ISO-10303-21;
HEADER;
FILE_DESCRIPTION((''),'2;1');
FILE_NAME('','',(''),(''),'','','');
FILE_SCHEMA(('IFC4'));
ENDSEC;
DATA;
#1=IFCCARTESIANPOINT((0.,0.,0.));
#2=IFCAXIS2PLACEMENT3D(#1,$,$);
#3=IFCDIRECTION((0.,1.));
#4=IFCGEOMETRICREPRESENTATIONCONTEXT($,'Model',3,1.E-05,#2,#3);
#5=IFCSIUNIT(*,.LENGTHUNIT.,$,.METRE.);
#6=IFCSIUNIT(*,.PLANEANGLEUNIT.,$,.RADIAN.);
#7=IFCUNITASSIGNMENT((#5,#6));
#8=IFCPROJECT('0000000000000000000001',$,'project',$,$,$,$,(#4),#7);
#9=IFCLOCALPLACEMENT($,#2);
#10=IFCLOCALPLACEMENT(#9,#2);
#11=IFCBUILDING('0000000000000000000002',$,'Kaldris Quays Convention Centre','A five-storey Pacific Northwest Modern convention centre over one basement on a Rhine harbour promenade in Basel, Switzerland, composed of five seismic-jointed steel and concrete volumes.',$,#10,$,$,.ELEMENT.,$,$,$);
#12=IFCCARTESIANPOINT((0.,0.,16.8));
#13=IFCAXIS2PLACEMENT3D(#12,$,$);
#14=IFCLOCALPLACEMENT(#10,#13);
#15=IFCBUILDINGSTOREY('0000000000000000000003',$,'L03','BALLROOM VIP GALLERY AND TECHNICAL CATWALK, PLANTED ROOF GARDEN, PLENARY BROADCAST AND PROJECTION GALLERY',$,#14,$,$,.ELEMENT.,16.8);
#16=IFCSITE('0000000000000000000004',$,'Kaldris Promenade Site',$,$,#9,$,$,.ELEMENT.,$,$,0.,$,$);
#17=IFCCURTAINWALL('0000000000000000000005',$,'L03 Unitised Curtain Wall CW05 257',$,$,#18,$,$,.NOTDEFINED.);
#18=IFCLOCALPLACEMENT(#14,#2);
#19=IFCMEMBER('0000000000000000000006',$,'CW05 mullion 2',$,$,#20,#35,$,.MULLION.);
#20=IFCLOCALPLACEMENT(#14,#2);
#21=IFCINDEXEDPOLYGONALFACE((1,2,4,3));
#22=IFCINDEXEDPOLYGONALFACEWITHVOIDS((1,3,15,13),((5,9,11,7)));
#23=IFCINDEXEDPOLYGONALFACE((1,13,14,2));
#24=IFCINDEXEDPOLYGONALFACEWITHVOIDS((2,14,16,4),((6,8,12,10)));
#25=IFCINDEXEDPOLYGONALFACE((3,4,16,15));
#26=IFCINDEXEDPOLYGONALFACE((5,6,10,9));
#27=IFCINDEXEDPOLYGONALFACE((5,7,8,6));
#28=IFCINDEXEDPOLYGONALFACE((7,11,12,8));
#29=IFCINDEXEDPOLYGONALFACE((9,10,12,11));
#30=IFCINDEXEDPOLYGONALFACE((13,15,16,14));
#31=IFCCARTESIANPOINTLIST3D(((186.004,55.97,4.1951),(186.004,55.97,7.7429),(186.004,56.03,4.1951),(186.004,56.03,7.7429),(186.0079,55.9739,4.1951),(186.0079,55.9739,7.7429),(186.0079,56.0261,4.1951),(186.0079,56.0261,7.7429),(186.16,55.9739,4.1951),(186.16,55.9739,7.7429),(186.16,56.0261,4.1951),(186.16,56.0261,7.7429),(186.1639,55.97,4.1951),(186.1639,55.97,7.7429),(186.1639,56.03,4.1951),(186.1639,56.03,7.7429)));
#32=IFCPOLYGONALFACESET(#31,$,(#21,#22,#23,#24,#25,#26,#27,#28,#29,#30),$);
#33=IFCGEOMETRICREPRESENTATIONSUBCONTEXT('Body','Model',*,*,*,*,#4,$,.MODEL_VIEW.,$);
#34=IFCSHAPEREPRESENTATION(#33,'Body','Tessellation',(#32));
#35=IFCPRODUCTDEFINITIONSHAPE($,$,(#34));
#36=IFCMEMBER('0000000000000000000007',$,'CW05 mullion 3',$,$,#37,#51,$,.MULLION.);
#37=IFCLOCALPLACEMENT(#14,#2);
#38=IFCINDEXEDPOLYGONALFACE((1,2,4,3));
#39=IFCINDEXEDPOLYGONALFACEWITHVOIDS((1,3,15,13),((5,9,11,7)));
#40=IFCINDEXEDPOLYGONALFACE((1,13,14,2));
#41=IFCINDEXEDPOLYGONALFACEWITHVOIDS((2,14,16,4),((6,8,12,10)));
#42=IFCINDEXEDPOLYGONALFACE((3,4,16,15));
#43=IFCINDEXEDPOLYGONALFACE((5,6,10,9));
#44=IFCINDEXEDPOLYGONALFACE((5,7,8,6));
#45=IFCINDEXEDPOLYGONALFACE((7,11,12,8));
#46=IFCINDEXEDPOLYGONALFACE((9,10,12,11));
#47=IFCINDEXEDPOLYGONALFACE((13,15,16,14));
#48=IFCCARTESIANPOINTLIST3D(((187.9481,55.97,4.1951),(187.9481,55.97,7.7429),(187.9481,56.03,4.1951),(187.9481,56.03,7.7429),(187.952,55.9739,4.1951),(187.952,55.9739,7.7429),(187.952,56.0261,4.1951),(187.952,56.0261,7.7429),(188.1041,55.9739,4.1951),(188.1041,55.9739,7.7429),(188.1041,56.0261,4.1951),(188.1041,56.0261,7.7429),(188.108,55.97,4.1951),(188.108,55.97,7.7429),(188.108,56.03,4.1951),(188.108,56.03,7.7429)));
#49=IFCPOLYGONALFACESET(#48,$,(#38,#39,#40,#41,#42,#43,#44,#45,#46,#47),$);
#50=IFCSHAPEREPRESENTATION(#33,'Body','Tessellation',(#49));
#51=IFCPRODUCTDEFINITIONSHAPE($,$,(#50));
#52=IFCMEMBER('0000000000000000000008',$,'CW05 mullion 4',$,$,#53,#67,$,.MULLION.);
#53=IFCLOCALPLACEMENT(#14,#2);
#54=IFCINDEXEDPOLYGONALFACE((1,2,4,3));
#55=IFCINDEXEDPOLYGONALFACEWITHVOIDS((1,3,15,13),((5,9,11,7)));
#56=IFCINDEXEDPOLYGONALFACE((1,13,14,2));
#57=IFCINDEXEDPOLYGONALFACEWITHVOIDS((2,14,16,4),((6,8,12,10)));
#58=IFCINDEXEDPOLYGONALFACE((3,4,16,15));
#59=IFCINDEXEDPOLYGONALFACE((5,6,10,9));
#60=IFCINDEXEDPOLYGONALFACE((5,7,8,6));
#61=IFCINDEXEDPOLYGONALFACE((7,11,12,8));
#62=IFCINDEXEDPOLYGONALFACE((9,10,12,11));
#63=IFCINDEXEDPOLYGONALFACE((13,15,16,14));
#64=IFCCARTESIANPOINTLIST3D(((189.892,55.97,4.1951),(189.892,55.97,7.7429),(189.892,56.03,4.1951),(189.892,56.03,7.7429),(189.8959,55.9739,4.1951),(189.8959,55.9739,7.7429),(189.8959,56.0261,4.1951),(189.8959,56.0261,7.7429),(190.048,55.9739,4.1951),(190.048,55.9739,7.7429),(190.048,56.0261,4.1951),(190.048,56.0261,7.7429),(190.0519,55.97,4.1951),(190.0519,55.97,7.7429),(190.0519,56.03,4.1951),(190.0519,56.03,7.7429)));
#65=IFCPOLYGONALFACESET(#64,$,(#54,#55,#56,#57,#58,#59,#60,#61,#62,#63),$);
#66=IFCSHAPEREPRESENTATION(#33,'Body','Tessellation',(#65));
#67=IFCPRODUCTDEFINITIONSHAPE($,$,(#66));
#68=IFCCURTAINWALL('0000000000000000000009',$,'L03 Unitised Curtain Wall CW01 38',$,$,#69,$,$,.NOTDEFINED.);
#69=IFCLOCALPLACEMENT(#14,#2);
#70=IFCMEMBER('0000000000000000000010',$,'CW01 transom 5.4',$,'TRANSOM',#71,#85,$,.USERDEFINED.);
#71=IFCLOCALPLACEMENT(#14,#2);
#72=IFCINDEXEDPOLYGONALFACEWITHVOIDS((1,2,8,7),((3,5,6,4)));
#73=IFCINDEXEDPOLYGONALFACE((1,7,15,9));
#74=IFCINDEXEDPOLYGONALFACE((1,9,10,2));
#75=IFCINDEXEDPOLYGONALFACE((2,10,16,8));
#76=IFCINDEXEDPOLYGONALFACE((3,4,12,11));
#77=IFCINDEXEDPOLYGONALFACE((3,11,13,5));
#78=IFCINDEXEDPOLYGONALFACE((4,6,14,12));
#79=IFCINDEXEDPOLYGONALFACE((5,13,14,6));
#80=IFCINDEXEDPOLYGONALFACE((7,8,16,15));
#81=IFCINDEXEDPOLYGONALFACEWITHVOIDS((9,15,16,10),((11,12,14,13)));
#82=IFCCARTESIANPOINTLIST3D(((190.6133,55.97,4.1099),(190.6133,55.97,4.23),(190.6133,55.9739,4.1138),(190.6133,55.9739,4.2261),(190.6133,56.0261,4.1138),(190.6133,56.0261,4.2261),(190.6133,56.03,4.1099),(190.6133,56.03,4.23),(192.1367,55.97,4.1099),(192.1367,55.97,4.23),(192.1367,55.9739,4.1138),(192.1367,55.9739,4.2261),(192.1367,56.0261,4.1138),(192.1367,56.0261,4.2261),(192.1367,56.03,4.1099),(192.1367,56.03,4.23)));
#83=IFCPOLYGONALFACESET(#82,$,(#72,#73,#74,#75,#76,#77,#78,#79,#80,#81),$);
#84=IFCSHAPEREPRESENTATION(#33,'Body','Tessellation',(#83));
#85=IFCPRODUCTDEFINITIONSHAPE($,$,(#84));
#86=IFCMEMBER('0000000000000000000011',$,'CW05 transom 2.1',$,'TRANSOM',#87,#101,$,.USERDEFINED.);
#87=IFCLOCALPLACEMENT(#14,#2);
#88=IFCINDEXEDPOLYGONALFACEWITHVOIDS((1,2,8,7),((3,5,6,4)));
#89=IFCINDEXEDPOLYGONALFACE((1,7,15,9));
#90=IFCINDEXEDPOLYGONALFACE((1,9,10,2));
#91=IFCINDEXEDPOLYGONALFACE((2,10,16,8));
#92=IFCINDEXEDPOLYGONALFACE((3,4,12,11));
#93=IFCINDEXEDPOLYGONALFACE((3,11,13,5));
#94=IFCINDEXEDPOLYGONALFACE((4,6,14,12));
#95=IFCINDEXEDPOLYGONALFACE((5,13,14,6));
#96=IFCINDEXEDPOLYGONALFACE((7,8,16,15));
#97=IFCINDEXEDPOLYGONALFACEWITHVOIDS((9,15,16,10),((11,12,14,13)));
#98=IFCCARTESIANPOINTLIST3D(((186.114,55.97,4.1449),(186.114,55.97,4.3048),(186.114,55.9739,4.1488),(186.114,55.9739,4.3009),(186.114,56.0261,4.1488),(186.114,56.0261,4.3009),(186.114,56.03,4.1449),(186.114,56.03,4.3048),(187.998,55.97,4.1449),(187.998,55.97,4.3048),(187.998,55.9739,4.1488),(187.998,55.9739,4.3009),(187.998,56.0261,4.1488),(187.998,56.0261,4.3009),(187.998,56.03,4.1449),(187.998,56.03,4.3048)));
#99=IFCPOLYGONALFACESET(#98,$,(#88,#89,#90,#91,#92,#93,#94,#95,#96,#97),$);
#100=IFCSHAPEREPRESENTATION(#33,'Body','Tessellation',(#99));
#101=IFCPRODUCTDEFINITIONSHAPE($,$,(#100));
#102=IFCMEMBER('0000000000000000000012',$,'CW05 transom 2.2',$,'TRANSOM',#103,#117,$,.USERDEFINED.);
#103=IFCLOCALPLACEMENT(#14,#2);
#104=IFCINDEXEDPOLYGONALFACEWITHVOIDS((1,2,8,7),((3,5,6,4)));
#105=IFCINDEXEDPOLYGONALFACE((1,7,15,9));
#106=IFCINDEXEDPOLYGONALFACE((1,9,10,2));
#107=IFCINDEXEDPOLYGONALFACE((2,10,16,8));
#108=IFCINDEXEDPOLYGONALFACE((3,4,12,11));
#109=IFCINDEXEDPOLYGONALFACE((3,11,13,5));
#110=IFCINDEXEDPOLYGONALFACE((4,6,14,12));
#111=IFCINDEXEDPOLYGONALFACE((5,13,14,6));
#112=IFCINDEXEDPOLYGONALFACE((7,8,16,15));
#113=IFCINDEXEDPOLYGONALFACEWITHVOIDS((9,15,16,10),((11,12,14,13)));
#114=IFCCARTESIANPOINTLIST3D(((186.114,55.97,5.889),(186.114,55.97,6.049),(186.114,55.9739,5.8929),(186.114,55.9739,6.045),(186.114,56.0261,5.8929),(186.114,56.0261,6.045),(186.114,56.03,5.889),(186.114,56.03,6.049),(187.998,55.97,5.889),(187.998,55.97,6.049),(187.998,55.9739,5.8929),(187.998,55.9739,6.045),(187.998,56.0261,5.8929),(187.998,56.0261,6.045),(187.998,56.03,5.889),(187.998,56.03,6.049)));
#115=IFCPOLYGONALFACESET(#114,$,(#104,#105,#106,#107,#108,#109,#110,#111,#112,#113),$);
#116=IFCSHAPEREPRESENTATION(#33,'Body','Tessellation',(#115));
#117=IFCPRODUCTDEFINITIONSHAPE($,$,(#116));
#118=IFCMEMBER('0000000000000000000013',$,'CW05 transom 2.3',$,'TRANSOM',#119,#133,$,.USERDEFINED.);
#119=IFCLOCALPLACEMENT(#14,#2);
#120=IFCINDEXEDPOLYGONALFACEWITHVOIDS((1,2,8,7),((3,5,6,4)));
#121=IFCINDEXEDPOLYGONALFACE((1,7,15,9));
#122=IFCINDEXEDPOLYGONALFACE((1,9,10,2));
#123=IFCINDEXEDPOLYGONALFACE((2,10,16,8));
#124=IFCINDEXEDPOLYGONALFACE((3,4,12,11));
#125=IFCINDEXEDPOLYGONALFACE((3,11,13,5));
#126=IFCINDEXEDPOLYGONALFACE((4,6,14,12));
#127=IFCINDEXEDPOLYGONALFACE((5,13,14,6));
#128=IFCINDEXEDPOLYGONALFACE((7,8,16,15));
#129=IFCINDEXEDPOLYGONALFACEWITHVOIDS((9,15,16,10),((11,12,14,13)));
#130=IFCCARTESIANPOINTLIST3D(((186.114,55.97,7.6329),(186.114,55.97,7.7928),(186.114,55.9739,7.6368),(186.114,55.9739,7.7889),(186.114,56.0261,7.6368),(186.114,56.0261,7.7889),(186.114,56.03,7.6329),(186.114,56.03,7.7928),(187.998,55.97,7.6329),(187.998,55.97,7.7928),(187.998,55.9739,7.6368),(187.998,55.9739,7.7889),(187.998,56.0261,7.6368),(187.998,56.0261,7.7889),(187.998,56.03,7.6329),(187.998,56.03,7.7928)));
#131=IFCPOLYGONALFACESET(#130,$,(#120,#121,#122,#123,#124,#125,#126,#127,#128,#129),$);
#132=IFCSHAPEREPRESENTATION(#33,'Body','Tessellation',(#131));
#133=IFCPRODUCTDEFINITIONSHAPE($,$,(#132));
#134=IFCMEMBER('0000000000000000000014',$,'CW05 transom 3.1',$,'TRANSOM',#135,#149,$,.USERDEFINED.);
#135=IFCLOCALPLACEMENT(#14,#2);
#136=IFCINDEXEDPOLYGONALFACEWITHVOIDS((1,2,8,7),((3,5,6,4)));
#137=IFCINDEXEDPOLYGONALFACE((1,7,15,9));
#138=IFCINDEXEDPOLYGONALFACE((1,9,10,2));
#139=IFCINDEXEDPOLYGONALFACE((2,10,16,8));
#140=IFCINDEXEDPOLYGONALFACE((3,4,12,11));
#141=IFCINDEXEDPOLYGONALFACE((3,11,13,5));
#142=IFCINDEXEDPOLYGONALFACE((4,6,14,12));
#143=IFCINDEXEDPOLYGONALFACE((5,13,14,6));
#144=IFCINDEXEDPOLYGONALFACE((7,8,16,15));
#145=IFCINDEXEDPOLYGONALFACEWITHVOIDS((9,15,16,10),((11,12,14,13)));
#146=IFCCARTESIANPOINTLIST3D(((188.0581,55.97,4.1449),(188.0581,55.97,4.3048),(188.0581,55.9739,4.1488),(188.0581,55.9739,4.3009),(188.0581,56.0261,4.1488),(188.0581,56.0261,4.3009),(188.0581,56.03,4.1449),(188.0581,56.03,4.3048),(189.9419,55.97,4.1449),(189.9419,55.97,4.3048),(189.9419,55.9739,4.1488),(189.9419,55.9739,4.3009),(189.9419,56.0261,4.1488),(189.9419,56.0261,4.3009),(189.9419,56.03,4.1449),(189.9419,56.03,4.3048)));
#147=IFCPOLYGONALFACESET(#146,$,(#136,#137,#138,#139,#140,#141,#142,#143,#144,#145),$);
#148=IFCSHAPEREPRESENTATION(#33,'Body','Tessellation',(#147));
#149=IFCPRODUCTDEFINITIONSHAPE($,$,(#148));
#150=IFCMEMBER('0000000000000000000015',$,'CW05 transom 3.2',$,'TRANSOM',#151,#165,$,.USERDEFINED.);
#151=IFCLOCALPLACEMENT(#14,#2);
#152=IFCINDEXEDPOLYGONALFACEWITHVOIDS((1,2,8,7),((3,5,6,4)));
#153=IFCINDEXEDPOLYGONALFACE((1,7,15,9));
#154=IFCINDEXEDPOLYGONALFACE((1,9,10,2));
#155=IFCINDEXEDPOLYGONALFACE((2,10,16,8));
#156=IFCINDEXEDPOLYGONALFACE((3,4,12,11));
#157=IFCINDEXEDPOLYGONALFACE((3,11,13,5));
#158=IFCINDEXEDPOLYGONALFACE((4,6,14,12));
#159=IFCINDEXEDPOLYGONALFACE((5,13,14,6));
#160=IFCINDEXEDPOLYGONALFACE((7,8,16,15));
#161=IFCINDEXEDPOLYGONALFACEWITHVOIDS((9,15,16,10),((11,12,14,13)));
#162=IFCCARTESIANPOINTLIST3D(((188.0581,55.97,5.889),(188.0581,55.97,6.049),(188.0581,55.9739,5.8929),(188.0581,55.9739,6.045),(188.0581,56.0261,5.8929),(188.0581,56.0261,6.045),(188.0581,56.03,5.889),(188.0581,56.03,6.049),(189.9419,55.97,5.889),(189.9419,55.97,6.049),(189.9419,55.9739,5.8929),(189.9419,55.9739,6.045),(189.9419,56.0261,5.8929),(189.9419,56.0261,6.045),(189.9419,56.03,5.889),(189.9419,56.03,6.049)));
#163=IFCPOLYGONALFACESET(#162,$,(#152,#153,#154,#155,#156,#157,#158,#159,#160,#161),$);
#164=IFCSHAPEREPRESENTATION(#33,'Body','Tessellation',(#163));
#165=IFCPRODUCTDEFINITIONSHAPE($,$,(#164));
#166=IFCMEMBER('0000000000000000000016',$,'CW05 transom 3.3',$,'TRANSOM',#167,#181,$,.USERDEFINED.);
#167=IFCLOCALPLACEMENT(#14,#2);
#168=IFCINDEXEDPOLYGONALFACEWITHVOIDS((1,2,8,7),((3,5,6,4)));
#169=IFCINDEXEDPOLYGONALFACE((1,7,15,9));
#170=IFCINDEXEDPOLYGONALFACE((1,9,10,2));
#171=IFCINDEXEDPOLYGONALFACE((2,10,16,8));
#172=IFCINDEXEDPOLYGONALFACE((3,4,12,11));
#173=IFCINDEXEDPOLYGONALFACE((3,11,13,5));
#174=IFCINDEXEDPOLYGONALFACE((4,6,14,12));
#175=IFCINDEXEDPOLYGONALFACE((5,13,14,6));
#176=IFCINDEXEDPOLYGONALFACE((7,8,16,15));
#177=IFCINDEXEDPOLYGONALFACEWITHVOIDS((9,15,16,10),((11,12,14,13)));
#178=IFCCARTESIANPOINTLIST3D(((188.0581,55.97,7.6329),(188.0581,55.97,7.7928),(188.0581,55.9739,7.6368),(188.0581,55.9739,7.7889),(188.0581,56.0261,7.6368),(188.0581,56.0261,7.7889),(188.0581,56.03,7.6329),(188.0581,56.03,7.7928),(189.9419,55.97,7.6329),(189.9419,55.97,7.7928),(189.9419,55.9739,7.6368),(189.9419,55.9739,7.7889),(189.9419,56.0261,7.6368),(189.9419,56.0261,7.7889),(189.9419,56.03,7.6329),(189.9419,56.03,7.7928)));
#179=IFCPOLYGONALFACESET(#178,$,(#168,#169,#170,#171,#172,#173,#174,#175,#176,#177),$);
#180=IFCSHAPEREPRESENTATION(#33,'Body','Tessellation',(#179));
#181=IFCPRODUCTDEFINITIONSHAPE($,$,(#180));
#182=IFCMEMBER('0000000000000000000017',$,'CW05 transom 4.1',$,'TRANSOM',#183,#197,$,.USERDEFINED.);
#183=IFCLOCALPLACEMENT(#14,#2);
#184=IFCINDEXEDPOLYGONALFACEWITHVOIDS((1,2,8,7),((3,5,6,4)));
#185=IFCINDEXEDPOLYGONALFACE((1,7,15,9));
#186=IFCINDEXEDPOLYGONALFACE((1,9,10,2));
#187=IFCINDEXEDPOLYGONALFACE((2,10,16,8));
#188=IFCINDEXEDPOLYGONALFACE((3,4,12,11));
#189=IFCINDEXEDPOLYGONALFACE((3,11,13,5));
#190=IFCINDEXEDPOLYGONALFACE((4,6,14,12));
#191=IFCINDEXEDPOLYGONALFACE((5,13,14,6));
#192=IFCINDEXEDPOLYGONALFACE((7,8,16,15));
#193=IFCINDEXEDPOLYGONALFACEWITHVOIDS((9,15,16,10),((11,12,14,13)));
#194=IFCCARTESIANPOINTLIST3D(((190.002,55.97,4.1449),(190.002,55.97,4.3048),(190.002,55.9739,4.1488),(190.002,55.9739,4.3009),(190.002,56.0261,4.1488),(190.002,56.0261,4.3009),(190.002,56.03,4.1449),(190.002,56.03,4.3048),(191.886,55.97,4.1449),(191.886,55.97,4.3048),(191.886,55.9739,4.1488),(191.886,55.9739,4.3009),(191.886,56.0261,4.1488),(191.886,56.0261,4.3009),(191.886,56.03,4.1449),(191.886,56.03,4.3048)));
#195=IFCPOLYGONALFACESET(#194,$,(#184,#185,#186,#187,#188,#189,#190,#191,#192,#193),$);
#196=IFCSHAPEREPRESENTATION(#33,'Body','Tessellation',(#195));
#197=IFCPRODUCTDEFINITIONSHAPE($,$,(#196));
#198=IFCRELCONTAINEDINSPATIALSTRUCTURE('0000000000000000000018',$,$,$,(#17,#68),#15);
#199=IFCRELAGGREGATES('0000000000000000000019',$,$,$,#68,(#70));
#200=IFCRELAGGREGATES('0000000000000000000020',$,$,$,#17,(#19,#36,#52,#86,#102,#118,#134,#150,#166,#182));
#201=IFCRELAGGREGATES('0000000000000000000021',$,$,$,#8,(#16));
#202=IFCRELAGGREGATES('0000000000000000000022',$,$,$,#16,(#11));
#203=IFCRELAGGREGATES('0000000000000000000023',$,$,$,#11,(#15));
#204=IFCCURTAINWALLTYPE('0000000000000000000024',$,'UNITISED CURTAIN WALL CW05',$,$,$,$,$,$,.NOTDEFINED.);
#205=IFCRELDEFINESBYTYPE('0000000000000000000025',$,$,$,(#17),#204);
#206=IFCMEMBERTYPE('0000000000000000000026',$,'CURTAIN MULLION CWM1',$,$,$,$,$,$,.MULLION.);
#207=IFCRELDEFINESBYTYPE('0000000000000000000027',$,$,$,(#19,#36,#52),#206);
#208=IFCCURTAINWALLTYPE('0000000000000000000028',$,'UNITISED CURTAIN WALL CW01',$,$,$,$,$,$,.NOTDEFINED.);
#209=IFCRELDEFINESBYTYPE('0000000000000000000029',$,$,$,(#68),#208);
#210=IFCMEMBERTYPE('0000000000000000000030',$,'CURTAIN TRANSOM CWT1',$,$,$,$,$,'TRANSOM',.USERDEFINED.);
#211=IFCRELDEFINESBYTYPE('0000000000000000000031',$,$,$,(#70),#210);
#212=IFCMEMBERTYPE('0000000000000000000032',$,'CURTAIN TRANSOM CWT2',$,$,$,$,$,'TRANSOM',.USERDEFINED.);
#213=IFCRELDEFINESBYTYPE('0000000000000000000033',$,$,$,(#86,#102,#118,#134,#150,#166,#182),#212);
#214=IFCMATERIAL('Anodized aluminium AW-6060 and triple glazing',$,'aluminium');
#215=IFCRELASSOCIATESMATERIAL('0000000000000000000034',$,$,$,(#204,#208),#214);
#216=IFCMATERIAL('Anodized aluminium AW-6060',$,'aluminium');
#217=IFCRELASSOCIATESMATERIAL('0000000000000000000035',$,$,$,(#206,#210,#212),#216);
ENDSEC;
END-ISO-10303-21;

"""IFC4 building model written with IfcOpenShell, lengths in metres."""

from ifc_helpers import new_model, si_unit, direction, frame, origin, origin_2d, place, context, subcontext, project, spatial, hollow_rectangle, extrude, material, material_profile, profile_set, type_object, element, aggregate, save


model = new_model("IFC4")

# Units and contexts
model_context = context("Model", 3, precision=1e-05, world=origin(), true_north=direction((0.0, 1.0)))
body_context = subcontext(model_context, "Body", "Model", "MODEL_VIEW")
ifc_project = project(units=[si_unit("LENGTHUNIT", "METRE"), si_unit("PLANEANGLEUNIT", "RADIAN")], contexts=[model_context])

# Site, building, storey
site_placement = place(None, origin())
site = spatial("IfcSite", under=ifc_project, at=site_placement, Name="Kaldris Promenade Site", CompositionType="ELEMENT", RefElevation=0.0)
building_placement = place(site_placement, origin())
building = spatial("IfcBuilding", under=site, at=building_placement, Name="Kaldris Quays Convention Centre", Description="A five-storey Pacific Northwest Modern convention centre over one basement on a Rhine harbour promenade in Basel, Switzerland, composed of five seismic-jointed steel and concrete volumes.", CompositionType="ELEMENT")
storey_placement = place(building_placement, frame((0.0, 0.0, 16.8)))
storey = spatial("IfcBuildingStorey", under=building, at=storey_placement, Name="L03", Description="BALLROOM VIP GALLERY AND TECHNICAL CATWALK, PLANTED ROOF GARDEN, PLENARY BROADCAST AND PROJECTION GALLERY", CompositionType="ELEMENT", Elevation=16.8)

# Curtain wall, members
ifc_material_1 = material(Name="Anodized aluminium AW-6060 and triple glazing", Category="aluminium")
curtain_wall_type_1 = type_object("IfcCurtainWallType", Name="UNITISED CURTAIN WALL CW05", PredefinedType="NOTDEFINED", material=ifc_material_1)
curtain_wall_1_placement = place(storey_placement, origin())
curtain_wall_1 = element("IfcCurtainWall", 1, at=curtain_wall_1_placement, inside=storey, type_object=curtain_wall_type_1, Name="L03 Unitised Curtain Wall CW05 257", PredefinedType="NOTDEFINED")
ifc_material_2 = material(Name="Anodized aluminium AW-6060", Category="aluminium")
ifc_material_profile_1 = material_profile(ifc_material_2, hollow_rectangle(XDim=0.0601, YDim=0.1599, WallThickness=0.0039, at=origin_2d()), Name="RHS 160x60x4")
ifc_profile_set_1 = profile_set([ifc_material_profile_1], Name="Anodized aluminium AW-6060")
member_type_1 = type_object("IfcMemberType", Name="CURTAIN MULLION CWM1", PredefinedType="MULLION", material=ifc_profile_set_1)
member_1_placement = place(storey_placement, frame((186.084, 56.0, 4.1951), z_axis=(0.0, 0.0, 1.0), x_axis=(0.0, 1.0, 0.0)))
member_1 = element("IfcMember", 2, at=member_1_placement, type_object=member_type_1, Name="CW05 mullion 2", PredefinedType="MULLION", context=body_context, shape_type="SweptSolid", body=[
    extrude(hollow_rectangle(XDim=0.0601, YDim=0.1599, WallThickness=0.0039, at=origin_2d()), origin(), (0.0, 0.0, 1.0), 3.5479),
])
member_2_placement = place(storey_placement, frame((188.0281, 56.0, 4.1951), z_axis=(0.0, 0.0, 1.0), x_axis=(0.0, 1.0, 0.0)))
member_2 = element("IfcMember", 3, at=member_2_placement, type_object=member_type_1, Name="CW05 mullion 3", PredefinedType="MULLION", context=body_context, shape_type="SweptSolid", body=[
    extrude(hollow_rectangle(XDim=0.0601, YDim=0.1599, WallThickness=0.0039, at=origin_2d()), origin(), (0.0, 0.0, 1.0), 3.5479),
])
member_3_placement = place(storey_placement, frame((189.9719, 56.0, 4.1951), z_axis=(0.0, 0.0, 1.0), x_axis=(0.0, 1.0, 0.0)))
member_3 = element("IfcMember", 4, at=member_3_placement, type_object=member_type_1, Name="CW05 mullion 4", PredefinedType="MULLION", context=body_context, shape_type="SweptSolid", body=[
    extrude(hollow_rectangle(XDim=0.0601, YDim=0.1599, WallThickness=0.0039, at=origin_2d()), origin(), (0.0, 0.0, 1.0), 3.5479),
])

# Curtain wall, member
curtain_wall_type_2 = type_object("IfcCurtainWallType", Name="UNITISED CURTAIN WALL CW01", PredefinedType="NOTDEFINED", material=ifc_material_1)
curtain_wall_2_placement = place(storey_placement, origin())
curtain_wall_2 = element("IfcCurtainWall", 5, at=curtain_wall_2_placement, inside=storey, type_object=curtain_wall_type_2, Name="L03 Unitised Curtain Wall CW01 38", PredefinedType="NOTDEFINED")
ifc_material_profile_2 = material_profile(ifc_material_2, hollow_rectangle(XDim=0.0601, YDim=0.1201, WallThickness=0.0039, at=origin_2d()), Name="RHS 120x60x4")
ifc_profile_set_2 = profile_set([ifc_material_profile_2], Name="Anodized aluminium AW-6060")
member_type_2 = type_object("IfcMemberType", Name="CURTAIN TRANSOM CWT1", ElementType="TRANSOM", PredefinedType="USERDEFINED", material=ifc_profile_set_2)
member_4_placement = place(storey_placement, frame((190.6133, 56.0, 4.1699), z_axis=(1.0, 0.0, 0.0), x_axis=(0.0, 1.0, 0.0)))
member_4 = element("IfcMember", 6, at=member_4_placement, type_object=member_type_2, Name="CW01 transom 5.4", ObjectType="TRANSOM", PredefinedType="USERDEFINED", context=body_context, shape_type="SweptSolid", body=[
    extrude(hollow_rectangle(XDim=0.0601, YDim=0.1201, WallThickness=0.0039, at=origin_2d()), origin(), (0.0, 0.0, 1.0), 1.5234),
])
aggregate(curtain_wall_2, [member_4])

# Members
ifc_material_profile_3 = material_profile(ifc_material_2, hollow_rectangle(XDim=0.0601, YDim=0.1599, WallThickness=0.0039, at=origin_2d()), Name="RHS 160x60x4")
ifc_profile_set_3 = profile_set([ifc_material_profile_3], Name="Anodized aluminium AW-6060")
member_type_3 = type_object("IfcMemberType", Name="CURTAIN TRANSOM CWT2", ElementType="TRANSOM", PredefinedType="USERDEFINED", material=ifc_profile_set_3)
member_5_placement = place(storey_placement, frame((186.114, 56.0, 4.2249), z_axis=(1.0, 0.0, 0.0), x_axis=(0.0, 1.0, 0.0)))
member_5 = element("IfcMember", 7, at=member_5_placement, type_object=member_type_3, Name="CW05 transom 2.1", ObjectType="TRANSOM", PredefinedType="USERDEFINED", context=body_context, shape_type="SweptSolid", body=[
    extrude(hollow_rectangle(XDim=0.0601, YDim=0.1599, WallThickness=0.0039, at=origin_2d()), origin(), (0.0, 0.0, 1.0), 1.884),
])
member_6_placement = place(storey_placement, frame((186.114, 56.0, 5.969), z_axis=(1.0, 0.0, 0.0), x_axis=(0.0, 1.0, 0.0)))
member_6 = element("IfcMember", 8, at=member_6_placement, type_object=member_type_3, Name="CW05 transom 2.2", ObjectType="TRANSOM", PredefinedType="USERDEFINED", context=body_context, shape_type="SweptSolid", body=[
    extrude(hollow_rectangle(XDim=0.0601, YDim=0.1599, WallThickness=0.0039, at=origin_2d()), origin(), (0.0, 0.0, 1.0), 1.884),
])
member_7_placement = place(storey_placement, frame((186.114, 56.0, 7.7129), z_axis=(1.0, 0.0, 0.0), x_axis=(0.0, 1.0, 0.0)))
member_7 = element("IfcMember", 9, at=member_7_placement, type_object=member_type_3, Name="CW05 transom 2.3", ObjectType="TRANSOM", PredefinedType="USERDEFINED", context=body_context, shape_type="SweptSolid", body=[
    extrude(hollow_rectangle(XDim=0.0601, YDim=0.1599, WallThickness=0.0039, at=origin_2d()), origin(), (0.0, 0.0, 1.0), 1.884),
])
member_8_placement = place(storey_placement, frame((188.0581, 56.0, 4.2249), z_axis=(1.0, 0.0, 0.0), x_axis=(0.0, 1.0, 0.0)))
member_8 = element("IfcMember", 10, at=member_8_placement, type_object=member_type_3, Name="CW05 transom 3.1", ObjectType="TRANSOM", PredefinedType="USERDEFINED", context=body_context, shape_type="SweptSolid", body=[
    extrude(hollow_rectangle(XDim=0.0601, YDim=0.1599, WallThickness=0.0039, at=origin_2d()), origin(), (0.0, 0.0, 1.0), 1.8838),
])
member_9_placement = place(storey_placement, frame((188.0581, 56.0, 5.969), z_axis=(1.0, 0.0, 0.0), x_axis=(0.0, 1.0, 0.0)))
member_9 = element("IfcMember", 11, at=member_9_placement, type_object=member_type_3, Name="CW05 transom 3.2", ObjectType="TRANSOM", PredefinedType="USERDEFINED", context=body_context, shape_type="SweptSolid", body=[
    extrude(hollow_rectangle(XDim=0.0601, YDim=0.1599, WallThickness=0.0039, at=origin_2d()), origin(), (0.0, 0.0, 1.0), 1.8838),
])
member_10_placement = place(storey_placement, frame((188.0581, 56.0, 7.7129), z_axis=(1.0, 0.0, 0.0), x_axis=(0.0, 1.0, 0.0)))
member_10 = element("IfcMember", 12, at=member_10_placement, type_object=member_type_3, Name="CW05 transom 3.3", ObjectType="TRANSOM", PredefinedType="USERDEFINED", context=body_context, shape_type="SweptSolid", body=[
    extrude(hollow_rectangle(XDim=0.0601, YDim=0.1599, WallThickness=0.0039, at=origin_2d()), origin(), (0.0, 0.0, 1.0), 1.8838),
])
member_11_placement = place(storey_placement, frame((190.002, 56.0, 4.2249), z_axis=(1.0, 0.0, 0.0), x_axis=(0.0, 1.0, 0.0)))
member_11 = element("IfcMember", 13, at=member_11_placement, type_object=member_type_3, Name="CW05 transom 4.1", ObjectType="TRANSOM", PredefinedType="USERDEFINED", context=body_context, shape_type="SweptSolid", body=[
    extrude(hollow_rectangle(XDim=0.0601, YDim=0.1599, WallThickness=0.0039, at=origin_2d()), origin(), (0.0, 0.0, 1.0), 1.884),
])

aggregate(curtain_wall_1, [member_1, member_2, member_3, member_5, member_6, member_7, member_8, member_9, member_10, member_11])

save(model, "model.ifc")
